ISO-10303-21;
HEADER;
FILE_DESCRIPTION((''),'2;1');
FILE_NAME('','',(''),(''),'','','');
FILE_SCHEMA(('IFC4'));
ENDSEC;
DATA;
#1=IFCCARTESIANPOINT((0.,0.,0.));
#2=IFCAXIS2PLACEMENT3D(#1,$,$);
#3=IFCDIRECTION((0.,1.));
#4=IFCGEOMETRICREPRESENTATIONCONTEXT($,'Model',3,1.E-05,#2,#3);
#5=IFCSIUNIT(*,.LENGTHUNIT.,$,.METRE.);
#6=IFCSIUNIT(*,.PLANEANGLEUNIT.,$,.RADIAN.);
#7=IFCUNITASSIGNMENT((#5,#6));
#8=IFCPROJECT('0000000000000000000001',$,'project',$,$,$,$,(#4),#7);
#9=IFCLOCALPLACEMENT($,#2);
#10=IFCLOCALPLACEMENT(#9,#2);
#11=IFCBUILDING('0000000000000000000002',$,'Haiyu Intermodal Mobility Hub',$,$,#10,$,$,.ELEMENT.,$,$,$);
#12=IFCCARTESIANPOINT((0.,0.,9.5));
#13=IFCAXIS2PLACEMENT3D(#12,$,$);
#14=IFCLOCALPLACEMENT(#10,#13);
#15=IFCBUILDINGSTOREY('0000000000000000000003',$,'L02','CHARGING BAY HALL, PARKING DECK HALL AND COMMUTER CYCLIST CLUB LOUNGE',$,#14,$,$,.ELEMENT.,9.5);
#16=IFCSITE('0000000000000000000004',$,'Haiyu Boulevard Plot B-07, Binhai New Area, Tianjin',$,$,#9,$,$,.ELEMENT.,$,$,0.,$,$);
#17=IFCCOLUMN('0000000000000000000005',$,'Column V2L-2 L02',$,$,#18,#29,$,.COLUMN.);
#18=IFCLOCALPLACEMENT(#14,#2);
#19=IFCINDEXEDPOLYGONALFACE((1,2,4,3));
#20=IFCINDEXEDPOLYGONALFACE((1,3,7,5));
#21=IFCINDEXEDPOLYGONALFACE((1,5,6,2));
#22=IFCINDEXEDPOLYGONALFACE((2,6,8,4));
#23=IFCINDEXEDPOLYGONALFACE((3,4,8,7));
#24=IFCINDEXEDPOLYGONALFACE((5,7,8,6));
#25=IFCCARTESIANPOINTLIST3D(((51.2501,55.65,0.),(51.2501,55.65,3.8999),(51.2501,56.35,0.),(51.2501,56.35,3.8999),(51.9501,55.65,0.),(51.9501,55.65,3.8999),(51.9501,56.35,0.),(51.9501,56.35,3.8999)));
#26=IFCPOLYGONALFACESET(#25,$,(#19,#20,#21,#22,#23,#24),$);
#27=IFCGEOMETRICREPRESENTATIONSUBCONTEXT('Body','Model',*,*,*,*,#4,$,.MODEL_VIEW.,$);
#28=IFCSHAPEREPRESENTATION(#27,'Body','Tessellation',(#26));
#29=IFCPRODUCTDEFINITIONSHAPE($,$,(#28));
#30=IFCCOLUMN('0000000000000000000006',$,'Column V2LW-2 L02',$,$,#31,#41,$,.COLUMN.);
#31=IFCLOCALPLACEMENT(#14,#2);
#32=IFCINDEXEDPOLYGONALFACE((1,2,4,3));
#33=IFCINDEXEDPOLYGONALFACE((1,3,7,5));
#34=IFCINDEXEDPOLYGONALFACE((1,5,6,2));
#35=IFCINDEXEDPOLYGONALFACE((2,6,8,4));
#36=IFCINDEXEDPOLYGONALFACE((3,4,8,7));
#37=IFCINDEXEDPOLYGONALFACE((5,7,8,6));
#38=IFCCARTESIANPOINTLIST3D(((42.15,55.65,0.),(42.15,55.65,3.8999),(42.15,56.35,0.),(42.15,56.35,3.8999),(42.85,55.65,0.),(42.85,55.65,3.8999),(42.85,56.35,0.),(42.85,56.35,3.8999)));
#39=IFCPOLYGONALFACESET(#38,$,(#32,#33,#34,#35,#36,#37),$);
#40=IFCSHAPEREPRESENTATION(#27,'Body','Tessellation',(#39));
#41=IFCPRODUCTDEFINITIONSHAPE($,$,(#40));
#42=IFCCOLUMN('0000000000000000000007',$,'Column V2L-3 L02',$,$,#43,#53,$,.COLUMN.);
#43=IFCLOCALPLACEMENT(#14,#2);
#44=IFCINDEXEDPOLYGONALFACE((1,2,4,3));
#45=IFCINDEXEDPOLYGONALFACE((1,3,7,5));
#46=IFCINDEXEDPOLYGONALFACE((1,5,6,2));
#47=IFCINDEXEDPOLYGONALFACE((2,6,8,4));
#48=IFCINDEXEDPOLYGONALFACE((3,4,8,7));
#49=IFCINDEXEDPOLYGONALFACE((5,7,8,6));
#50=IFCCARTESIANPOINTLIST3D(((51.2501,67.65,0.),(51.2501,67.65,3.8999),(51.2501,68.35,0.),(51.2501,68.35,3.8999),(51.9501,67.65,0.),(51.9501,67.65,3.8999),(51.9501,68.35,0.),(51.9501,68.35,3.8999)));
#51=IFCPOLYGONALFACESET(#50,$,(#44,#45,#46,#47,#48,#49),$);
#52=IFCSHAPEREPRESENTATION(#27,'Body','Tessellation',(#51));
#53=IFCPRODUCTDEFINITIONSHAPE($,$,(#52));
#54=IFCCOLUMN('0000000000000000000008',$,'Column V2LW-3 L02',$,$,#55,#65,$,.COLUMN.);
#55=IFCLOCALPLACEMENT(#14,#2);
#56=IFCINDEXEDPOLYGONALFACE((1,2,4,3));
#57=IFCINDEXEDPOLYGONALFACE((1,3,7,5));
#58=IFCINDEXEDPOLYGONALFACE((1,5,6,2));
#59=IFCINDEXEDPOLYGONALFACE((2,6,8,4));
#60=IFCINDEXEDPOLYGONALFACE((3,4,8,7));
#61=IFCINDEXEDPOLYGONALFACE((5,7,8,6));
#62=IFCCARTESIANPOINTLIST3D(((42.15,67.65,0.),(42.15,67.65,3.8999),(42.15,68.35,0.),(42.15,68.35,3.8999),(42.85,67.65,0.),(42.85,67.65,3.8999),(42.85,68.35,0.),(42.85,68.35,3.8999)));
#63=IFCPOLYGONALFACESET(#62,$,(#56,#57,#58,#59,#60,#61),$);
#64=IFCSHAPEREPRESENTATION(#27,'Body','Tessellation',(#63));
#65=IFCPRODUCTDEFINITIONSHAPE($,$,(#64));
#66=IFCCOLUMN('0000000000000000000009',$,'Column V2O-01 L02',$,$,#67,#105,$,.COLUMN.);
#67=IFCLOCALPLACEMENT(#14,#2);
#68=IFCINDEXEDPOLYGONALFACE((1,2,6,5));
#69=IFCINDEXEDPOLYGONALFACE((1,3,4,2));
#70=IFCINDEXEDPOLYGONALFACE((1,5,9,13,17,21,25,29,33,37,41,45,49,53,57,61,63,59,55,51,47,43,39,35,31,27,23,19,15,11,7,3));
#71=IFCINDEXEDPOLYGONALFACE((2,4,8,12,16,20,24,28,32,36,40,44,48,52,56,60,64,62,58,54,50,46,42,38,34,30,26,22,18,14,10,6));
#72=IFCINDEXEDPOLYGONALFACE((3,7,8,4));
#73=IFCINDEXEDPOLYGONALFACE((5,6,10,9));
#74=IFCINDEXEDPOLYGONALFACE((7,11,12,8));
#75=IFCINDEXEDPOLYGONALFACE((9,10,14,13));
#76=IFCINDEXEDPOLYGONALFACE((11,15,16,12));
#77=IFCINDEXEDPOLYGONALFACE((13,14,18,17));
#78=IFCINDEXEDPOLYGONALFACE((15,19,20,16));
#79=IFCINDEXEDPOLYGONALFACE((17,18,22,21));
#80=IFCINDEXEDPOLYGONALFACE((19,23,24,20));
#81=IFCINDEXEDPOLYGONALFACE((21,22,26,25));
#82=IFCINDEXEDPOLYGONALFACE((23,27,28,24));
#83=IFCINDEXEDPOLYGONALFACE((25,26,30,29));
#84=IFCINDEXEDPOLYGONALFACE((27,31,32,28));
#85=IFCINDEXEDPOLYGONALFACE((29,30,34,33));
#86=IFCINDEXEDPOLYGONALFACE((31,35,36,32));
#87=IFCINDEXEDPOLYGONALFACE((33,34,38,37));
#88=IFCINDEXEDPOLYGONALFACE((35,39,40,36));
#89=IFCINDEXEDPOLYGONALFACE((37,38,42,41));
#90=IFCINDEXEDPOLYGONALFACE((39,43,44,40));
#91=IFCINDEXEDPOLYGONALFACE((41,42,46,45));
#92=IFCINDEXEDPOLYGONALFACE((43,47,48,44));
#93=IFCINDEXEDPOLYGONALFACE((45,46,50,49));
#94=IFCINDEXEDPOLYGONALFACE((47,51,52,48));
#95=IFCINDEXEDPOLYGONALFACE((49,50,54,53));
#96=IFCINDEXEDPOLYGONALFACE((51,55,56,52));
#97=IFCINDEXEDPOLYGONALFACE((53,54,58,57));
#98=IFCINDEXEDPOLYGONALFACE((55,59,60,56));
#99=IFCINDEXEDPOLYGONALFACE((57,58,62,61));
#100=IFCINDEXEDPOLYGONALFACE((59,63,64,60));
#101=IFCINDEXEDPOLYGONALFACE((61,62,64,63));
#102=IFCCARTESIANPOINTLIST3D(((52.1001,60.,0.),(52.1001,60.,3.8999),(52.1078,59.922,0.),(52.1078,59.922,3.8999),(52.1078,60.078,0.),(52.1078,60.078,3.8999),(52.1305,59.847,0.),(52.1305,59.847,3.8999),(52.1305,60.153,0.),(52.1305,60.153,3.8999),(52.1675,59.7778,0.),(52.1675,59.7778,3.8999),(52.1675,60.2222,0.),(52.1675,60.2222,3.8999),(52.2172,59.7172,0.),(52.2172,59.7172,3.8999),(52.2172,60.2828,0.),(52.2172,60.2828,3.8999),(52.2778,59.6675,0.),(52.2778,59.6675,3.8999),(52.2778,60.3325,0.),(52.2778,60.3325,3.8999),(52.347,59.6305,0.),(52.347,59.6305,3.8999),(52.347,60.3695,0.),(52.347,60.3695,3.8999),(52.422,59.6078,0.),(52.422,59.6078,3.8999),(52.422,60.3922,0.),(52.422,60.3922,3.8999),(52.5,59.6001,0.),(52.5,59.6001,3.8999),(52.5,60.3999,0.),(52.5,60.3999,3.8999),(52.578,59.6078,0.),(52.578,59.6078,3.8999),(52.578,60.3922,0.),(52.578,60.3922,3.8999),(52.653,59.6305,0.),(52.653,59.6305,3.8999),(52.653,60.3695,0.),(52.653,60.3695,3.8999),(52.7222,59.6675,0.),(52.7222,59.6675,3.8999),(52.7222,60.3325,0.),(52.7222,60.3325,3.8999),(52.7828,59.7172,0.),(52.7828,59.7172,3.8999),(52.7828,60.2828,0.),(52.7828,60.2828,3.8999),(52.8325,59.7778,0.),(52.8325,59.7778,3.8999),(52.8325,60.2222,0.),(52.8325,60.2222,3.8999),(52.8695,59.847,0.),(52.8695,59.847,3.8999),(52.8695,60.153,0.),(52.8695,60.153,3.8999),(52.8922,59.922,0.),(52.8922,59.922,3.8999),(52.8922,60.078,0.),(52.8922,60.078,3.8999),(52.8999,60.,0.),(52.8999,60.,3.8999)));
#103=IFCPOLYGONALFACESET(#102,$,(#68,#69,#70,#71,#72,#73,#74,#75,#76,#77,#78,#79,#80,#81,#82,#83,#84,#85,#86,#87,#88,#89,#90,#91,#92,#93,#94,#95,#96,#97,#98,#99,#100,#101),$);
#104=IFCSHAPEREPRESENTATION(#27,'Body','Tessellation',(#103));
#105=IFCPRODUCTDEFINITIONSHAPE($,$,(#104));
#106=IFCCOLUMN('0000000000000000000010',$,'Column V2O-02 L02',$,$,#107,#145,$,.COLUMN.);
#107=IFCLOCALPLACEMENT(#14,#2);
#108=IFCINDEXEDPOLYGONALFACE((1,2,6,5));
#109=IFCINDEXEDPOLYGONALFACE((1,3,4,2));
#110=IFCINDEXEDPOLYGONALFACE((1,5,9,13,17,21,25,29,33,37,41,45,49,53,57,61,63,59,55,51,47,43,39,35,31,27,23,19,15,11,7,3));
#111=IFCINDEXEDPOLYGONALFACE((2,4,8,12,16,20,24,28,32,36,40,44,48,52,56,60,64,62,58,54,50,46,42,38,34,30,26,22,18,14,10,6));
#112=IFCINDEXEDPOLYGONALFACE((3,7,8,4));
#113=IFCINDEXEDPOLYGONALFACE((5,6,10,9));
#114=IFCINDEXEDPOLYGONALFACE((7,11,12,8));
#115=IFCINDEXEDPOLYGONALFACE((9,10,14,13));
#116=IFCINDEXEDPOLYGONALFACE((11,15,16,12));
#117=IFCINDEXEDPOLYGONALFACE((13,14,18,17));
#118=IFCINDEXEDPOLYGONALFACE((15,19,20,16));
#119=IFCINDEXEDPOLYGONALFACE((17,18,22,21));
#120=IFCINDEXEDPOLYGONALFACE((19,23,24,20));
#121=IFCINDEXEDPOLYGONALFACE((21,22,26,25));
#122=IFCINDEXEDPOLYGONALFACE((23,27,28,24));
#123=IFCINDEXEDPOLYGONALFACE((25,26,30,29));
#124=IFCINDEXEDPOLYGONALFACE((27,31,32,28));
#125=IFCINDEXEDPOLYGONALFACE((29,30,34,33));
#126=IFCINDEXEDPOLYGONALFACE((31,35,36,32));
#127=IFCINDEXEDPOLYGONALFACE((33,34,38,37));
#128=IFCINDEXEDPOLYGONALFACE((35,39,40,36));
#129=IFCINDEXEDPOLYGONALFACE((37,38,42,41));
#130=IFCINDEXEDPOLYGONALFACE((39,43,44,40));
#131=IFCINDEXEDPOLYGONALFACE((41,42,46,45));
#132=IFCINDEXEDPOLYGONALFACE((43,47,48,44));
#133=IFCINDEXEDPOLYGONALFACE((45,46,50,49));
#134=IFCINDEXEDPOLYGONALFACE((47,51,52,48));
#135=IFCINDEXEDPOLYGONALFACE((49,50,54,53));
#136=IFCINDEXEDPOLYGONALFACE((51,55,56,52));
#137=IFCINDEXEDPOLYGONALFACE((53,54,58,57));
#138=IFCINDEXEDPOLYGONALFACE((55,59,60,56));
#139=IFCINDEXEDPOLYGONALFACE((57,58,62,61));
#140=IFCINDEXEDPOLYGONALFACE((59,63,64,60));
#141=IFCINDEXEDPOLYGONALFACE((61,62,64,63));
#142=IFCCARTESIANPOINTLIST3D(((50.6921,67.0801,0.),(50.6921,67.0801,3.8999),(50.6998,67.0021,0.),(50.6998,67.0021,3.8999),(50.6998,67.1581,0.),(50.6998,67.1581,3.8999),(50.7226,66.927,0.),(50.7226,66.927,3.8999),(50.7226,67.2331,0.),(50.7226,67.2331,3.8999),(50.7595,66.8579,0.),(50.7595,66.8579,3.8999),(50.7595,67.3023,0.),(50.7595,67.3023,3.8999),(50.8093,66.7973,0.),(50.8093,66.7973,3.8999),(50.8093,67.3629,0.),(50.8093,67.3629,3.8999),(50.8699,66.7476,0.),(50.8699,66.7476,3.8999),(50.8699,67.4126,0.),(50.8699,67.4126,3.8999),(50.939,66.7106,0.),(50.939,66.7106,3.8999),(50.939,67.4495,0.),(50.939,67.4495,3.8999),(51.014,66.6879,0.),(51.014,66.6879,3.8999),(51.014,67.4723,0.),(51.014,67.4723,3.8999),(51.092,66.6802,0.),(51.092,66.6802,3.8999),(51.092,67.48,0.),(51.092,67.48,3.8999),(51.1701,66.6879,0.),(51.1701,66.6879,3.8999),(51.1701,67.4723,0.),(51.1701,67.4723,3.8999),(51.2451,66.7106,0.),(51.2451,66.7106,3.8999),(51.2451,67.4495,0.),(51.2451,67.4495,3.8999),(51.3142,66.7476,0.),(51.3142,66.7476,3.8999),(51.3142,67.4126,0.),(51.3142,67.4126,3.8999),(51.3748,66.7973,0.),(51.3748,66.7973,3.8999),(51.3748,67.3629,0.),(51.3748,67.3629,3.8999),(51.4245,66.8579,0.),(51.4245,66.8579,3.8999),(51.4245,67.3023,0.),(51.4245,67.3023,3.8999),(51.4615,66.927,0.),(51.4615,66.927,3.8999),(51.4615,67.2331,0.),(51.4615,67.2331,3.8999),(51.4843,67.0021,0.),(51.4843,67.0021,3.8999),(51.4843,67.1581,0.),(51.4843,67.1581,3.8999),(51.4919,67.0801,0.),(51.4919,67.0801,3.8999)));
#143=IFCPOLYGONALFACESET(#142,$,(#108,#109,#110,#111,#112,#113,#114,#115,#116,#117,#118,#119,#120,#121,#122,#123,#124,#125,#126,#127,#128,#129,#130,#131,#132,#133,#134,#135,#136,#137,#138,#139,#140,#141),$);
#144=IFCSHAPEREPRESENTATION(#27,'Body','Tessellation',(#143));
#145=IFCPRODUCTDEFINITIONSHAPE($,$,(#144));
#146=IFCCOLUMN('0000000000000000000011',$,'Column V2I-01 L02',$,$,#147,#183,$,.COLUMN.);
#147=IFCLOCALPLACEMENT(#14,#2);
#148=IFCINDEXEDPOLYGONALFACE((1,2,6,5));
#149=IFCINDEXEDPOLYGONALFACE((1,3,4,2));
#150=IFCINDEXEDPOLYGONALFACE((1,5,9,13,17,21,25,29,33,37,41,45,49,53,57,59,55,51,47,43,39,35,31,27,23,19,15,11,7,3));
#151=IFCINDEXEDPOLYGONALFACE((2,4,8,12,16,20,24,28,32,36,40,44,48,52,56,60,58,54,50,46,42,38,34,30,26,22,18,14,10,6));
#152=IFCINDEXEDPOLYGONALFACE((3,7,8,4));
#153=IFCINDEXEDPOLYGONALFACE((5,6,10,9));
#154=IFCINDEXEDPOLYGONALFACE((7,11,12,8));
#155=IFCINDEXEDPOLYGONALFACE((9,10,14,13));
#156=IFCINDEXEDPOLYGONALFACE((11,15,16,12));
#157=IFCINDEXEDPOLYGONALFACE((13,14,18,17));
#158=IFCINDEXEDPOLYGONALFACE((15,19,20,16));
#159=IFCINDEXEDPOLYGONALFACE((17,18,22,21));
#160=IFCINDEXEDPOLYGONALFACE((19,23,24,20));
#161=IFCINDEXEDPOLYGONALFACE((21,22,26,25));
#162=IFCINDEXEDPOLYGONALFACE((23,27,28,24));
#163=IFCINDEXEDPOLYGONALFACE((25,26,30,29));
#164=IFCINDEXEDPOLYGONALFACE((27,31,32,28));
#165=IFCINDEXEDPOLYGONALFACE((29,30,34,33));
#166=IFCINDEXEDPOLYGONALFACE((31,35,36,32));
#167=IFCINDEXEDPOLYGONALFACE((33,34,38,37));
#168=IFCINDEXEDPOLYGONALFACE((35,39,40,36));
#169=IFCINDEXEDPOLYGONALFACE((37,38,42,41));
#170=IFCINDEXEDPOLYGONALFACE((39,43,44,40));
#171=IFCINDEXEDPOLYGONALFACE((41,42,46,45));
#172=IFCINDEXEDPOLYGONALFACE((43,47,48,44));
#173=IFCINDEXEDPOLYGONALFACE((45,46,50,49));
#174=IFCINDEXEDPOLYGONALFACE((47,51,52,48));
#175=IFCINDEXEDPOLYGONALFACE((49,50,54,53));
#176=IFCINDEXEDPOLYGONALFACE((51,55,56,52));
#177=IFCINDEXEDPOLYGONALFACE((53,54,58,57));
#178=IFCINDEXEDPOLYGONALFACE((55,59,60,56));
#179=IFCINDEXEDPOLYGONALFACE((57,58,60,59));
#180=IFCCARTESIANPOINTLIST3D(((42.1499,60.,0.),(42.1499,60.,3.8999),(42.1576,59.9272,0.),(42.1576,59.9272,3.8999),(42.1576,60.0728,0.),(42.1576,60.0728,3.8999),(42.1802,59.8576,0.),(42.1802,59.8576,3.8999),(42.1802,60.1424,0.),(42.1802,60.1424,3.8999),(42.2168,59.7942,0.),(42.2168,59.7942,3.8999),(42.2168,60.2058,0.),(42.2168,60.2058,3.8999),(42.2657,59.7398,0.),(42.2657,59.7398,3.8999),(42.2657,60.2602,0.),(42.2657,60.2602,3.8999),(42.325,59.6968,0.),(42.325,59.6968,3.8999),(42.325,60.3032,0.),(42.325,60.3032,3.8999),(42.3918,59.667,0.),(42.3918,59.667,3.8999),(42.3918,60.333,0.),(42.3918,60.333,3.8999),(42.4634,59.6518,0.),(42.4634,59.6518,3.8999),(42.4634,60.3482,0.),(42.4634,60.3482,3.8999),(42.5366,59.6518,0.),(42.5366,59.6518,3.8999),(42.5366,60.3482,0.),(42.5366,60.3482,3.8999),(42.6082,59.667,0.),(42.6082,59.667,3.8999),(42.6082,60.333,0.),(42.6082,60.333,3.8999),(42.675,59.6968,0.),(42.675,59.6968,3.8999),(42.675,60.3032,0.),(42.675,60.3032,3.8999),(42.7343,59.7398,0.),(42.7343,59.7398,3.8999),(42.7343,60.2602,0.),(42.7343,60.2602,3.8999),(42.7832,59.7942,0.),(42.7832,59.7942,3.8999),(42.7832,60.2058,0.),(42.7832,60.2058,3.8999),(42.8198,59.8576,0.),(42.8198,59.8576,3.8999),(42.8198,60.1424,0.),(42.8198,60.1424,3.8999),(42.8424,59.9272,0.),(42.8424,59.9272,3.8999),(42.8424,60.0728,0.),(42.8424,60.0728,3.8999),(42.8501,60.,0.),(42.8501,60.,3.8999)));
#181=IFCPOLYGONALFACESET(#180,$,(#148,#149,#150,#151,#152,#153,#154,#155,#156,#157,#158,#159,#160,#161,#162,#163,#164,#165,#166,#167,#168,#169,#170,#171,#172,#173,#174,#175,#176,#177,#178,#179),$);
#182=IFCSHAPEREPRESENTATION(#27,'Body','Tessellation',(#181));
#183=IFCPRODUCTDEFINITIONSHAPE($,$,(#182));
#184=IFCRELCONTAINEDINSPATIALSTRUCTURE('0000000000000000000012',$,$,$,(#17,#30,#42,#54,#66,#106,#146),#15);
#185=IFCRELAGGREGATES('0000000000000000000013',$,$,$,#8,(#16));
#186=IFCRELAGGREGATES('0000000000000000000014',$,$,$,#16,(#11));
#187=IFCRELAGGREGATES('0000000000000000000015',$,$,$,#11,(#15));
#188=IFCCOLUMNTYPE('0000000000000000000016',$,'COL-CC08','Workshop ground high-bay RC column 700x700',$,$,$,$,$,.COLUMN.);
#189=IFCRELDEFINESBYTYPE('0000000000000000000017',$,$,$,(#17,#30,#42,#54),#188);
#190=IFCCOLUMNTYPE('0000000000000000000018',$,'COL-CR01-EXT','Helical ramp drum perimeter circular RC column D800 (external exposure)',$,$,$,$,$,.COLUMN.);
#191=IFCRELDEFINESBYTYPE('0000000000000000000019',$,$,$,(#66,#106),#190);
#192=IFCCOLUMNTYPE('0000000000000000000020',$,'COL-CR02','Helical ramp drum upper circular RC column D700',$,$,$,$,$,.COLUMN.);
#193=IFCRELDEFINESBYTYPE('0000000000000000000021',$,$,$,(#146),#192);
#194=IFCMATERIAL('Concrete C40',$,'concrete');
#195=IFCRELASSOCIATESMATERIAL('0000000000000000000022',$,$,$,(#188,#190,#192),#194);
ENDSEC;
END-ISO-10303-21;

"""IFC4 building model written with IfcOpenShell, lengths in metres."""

from ifc_helpers import new_model, si_unit, direction, frame, origin, origin_2d, place, context, subcontext, project, spatial, rectangle, circle, extrude, material, material_profile, profile_set, type_object, element, save


model = new_model("IFC4")

# Units and contexts
model_context = context("Model", 3, precision=1e-05, world=origin(), true_north=direction((0.0, 1.0)))
body_context = subcontext(model_context, "Body", "Model", "MODEL_VIEW")
ifc_project = project(units=[si_unit("LENGTHUNIT", "METRE"), si_unit("PLANEANGLEUNIT", "RADIAN")], contexts=[model_context])

# Site, building, storey
site_placement = place(None, origin())
site = spatial("IfcSite", under=ifc_project, at=site_placement, Name="Haiyu Boulevard Plot B-07, Binhai New Area, Tianjin", CompositionType="ELEMENT", RefElevation=0.0)
building_placement = place(site_placement, origin())
building = spatial("IfcBuilding", under=site, at=building_placement, Name="Haiyu Intermodal Mobility Hub", CompositionType="ELEMENT")
storey_placement = place(building_placement, frame((0.0, 0.0, 9.5)))
storey = spatial("IfcBuildingStorey", under=building, at=storey_placement, Name="L02", Description="CHARGING BAY HALL, PARKING DECK HALL AND COMMUTER CYCLIST CLUB LOUNGE", CompositionType="ELEMENT", Elevation=9.5)

# Columns
ifc_material_1 = material(Name="Concrete C40", Category="concrete")
ifc_material_profile_1 = material_profile(ifc_material_1, rectangle(XDim=0.7, YDim=0.7, at=origin_2d()), Name="RC700x700")
ifc_profile_set_1 = profile_set([ifc_material_profile_1], Name="Concrete C40")
column_type_1 = type_object("IfcColumnType", Name="COL-CC08", Description="Workshop ground high-bay RC column 700x700", PredefinedType="COLUMN", material=ifc_profile_set_1)
for number, where, z_axis, x_axis, name in (
    (1, (51.6001, 56.0, 0.0), (0.0, 0.0, 1.0), (1.0, 0.0, 0.0), "Column V2L-2 L02"),
    (2, (42.5, 56.0, 0.0), (0.0, 0.0, 1.0), (1.0, 0.0, 0.0), "Column V2LW-2 L02"),
    (3, (51.6001, 68.0, 0.0), (0.0, 0.0, 1.0), (1.0, 0.0, 0.0), "Column V2L-3 L02"),
    (4, (42.5, 68.0, 0.0), (0.0, 0.0, 1.0), (1.0, 0.0, 0.0), "Column V2LW-3 L02"),
):
    element("IfcColumn", number, at=place(storey_placement, frame(where, z_axis=z_axis, x_axis=x_axis)), inside=storey, type_object=column_type_1, Name=name, PredefinedType="COLUMN", context=body_context, shape_type="SweptSolid", body=[
        extrude(rectangle(XDim=0.7, YDim=0.7, at=origin_2d()), origin(), (0.0, 0.0, 1.0), 3.8999),
    ])
ifc_material_profile_2 = material_profile(ifc_material_1, circle(Radius=0.3999, at=origin_2d()), Name="RCCOL-D800")
ifc_profile_set_2 = profile_set([ifc_material_profile_2], Name="Concrete C40")
column_type_2 = type_object("IfcColumnType", Name="COL-CR01-EXT", Description="Helical ramp drum perimeter circular RC column D800 (external exposure)", PredefinedType="COLUMN", material=ifc_profile_set_2)
for number, where, z_axis, x_axis, name in (
    (5, (52.5, 60.0, 0.0), (0.0, 0.0, 1.0), (1.0, 0.0, 0.0), "Column V2O-01 L02"),
    (6, (51.092, 67.0801, 0.0), (0.0, 0.0, 1.0), (1.0, 0.0, 0.0), "Column V2O-02 L02"),
):
    element("IfcColumn", number, at=place(storey_placement, frame(where, z_axis=z_axis, x_axis=x_axis)), inside=storey, type_object=column_type_2, Name=name, PredefinedType="COLUMN", context=body_context, shape_type="SweptSolid", body=[
        extrude(circle(Radius=0.3999, at=origin_2d()), origin(), (0.0, 0.0, 1.0), 3.8999),
    ])
ifc_material_profile_3 = material_profile(ifc_material_1, circle(Radius=0.3501, at=origin_2d()), Name="RCCOL-D700")
ifc_profile_set_3 = profile_set([ifc_material_profile_3], Name="Concrete C40")
column_type_3 = type_object("IfcColumnType", Name="COL-CR02", Description="Helical ramp drum upper circular RC column D700", PredefinedType="COLUMN", material=ifc_profile_set_3)
for number, where, z_axis, x_axis, name in (
    (7, (42.5, 60.0, 0.0), (0.0, 0.0, 1.0), (1.0, 0.0, 0.0), "Column V2I-01 L02"),
):
    element("IfcColumn", number, at=place(storey_placement, frame(where, z_axis=z_axis, x_axis=x_axis)), inside=storey, type_object=column_type_3, Name=name, PredefinedType="COLUMN", context=body_context, shape_type="SweptSolid", body=[
        extrude(circle(Radius=0.3501, at=origin_2d()), origin(), (0.0, 0.0, 1.0), 3.8999),
    ])

save(model, "model.ifc")
